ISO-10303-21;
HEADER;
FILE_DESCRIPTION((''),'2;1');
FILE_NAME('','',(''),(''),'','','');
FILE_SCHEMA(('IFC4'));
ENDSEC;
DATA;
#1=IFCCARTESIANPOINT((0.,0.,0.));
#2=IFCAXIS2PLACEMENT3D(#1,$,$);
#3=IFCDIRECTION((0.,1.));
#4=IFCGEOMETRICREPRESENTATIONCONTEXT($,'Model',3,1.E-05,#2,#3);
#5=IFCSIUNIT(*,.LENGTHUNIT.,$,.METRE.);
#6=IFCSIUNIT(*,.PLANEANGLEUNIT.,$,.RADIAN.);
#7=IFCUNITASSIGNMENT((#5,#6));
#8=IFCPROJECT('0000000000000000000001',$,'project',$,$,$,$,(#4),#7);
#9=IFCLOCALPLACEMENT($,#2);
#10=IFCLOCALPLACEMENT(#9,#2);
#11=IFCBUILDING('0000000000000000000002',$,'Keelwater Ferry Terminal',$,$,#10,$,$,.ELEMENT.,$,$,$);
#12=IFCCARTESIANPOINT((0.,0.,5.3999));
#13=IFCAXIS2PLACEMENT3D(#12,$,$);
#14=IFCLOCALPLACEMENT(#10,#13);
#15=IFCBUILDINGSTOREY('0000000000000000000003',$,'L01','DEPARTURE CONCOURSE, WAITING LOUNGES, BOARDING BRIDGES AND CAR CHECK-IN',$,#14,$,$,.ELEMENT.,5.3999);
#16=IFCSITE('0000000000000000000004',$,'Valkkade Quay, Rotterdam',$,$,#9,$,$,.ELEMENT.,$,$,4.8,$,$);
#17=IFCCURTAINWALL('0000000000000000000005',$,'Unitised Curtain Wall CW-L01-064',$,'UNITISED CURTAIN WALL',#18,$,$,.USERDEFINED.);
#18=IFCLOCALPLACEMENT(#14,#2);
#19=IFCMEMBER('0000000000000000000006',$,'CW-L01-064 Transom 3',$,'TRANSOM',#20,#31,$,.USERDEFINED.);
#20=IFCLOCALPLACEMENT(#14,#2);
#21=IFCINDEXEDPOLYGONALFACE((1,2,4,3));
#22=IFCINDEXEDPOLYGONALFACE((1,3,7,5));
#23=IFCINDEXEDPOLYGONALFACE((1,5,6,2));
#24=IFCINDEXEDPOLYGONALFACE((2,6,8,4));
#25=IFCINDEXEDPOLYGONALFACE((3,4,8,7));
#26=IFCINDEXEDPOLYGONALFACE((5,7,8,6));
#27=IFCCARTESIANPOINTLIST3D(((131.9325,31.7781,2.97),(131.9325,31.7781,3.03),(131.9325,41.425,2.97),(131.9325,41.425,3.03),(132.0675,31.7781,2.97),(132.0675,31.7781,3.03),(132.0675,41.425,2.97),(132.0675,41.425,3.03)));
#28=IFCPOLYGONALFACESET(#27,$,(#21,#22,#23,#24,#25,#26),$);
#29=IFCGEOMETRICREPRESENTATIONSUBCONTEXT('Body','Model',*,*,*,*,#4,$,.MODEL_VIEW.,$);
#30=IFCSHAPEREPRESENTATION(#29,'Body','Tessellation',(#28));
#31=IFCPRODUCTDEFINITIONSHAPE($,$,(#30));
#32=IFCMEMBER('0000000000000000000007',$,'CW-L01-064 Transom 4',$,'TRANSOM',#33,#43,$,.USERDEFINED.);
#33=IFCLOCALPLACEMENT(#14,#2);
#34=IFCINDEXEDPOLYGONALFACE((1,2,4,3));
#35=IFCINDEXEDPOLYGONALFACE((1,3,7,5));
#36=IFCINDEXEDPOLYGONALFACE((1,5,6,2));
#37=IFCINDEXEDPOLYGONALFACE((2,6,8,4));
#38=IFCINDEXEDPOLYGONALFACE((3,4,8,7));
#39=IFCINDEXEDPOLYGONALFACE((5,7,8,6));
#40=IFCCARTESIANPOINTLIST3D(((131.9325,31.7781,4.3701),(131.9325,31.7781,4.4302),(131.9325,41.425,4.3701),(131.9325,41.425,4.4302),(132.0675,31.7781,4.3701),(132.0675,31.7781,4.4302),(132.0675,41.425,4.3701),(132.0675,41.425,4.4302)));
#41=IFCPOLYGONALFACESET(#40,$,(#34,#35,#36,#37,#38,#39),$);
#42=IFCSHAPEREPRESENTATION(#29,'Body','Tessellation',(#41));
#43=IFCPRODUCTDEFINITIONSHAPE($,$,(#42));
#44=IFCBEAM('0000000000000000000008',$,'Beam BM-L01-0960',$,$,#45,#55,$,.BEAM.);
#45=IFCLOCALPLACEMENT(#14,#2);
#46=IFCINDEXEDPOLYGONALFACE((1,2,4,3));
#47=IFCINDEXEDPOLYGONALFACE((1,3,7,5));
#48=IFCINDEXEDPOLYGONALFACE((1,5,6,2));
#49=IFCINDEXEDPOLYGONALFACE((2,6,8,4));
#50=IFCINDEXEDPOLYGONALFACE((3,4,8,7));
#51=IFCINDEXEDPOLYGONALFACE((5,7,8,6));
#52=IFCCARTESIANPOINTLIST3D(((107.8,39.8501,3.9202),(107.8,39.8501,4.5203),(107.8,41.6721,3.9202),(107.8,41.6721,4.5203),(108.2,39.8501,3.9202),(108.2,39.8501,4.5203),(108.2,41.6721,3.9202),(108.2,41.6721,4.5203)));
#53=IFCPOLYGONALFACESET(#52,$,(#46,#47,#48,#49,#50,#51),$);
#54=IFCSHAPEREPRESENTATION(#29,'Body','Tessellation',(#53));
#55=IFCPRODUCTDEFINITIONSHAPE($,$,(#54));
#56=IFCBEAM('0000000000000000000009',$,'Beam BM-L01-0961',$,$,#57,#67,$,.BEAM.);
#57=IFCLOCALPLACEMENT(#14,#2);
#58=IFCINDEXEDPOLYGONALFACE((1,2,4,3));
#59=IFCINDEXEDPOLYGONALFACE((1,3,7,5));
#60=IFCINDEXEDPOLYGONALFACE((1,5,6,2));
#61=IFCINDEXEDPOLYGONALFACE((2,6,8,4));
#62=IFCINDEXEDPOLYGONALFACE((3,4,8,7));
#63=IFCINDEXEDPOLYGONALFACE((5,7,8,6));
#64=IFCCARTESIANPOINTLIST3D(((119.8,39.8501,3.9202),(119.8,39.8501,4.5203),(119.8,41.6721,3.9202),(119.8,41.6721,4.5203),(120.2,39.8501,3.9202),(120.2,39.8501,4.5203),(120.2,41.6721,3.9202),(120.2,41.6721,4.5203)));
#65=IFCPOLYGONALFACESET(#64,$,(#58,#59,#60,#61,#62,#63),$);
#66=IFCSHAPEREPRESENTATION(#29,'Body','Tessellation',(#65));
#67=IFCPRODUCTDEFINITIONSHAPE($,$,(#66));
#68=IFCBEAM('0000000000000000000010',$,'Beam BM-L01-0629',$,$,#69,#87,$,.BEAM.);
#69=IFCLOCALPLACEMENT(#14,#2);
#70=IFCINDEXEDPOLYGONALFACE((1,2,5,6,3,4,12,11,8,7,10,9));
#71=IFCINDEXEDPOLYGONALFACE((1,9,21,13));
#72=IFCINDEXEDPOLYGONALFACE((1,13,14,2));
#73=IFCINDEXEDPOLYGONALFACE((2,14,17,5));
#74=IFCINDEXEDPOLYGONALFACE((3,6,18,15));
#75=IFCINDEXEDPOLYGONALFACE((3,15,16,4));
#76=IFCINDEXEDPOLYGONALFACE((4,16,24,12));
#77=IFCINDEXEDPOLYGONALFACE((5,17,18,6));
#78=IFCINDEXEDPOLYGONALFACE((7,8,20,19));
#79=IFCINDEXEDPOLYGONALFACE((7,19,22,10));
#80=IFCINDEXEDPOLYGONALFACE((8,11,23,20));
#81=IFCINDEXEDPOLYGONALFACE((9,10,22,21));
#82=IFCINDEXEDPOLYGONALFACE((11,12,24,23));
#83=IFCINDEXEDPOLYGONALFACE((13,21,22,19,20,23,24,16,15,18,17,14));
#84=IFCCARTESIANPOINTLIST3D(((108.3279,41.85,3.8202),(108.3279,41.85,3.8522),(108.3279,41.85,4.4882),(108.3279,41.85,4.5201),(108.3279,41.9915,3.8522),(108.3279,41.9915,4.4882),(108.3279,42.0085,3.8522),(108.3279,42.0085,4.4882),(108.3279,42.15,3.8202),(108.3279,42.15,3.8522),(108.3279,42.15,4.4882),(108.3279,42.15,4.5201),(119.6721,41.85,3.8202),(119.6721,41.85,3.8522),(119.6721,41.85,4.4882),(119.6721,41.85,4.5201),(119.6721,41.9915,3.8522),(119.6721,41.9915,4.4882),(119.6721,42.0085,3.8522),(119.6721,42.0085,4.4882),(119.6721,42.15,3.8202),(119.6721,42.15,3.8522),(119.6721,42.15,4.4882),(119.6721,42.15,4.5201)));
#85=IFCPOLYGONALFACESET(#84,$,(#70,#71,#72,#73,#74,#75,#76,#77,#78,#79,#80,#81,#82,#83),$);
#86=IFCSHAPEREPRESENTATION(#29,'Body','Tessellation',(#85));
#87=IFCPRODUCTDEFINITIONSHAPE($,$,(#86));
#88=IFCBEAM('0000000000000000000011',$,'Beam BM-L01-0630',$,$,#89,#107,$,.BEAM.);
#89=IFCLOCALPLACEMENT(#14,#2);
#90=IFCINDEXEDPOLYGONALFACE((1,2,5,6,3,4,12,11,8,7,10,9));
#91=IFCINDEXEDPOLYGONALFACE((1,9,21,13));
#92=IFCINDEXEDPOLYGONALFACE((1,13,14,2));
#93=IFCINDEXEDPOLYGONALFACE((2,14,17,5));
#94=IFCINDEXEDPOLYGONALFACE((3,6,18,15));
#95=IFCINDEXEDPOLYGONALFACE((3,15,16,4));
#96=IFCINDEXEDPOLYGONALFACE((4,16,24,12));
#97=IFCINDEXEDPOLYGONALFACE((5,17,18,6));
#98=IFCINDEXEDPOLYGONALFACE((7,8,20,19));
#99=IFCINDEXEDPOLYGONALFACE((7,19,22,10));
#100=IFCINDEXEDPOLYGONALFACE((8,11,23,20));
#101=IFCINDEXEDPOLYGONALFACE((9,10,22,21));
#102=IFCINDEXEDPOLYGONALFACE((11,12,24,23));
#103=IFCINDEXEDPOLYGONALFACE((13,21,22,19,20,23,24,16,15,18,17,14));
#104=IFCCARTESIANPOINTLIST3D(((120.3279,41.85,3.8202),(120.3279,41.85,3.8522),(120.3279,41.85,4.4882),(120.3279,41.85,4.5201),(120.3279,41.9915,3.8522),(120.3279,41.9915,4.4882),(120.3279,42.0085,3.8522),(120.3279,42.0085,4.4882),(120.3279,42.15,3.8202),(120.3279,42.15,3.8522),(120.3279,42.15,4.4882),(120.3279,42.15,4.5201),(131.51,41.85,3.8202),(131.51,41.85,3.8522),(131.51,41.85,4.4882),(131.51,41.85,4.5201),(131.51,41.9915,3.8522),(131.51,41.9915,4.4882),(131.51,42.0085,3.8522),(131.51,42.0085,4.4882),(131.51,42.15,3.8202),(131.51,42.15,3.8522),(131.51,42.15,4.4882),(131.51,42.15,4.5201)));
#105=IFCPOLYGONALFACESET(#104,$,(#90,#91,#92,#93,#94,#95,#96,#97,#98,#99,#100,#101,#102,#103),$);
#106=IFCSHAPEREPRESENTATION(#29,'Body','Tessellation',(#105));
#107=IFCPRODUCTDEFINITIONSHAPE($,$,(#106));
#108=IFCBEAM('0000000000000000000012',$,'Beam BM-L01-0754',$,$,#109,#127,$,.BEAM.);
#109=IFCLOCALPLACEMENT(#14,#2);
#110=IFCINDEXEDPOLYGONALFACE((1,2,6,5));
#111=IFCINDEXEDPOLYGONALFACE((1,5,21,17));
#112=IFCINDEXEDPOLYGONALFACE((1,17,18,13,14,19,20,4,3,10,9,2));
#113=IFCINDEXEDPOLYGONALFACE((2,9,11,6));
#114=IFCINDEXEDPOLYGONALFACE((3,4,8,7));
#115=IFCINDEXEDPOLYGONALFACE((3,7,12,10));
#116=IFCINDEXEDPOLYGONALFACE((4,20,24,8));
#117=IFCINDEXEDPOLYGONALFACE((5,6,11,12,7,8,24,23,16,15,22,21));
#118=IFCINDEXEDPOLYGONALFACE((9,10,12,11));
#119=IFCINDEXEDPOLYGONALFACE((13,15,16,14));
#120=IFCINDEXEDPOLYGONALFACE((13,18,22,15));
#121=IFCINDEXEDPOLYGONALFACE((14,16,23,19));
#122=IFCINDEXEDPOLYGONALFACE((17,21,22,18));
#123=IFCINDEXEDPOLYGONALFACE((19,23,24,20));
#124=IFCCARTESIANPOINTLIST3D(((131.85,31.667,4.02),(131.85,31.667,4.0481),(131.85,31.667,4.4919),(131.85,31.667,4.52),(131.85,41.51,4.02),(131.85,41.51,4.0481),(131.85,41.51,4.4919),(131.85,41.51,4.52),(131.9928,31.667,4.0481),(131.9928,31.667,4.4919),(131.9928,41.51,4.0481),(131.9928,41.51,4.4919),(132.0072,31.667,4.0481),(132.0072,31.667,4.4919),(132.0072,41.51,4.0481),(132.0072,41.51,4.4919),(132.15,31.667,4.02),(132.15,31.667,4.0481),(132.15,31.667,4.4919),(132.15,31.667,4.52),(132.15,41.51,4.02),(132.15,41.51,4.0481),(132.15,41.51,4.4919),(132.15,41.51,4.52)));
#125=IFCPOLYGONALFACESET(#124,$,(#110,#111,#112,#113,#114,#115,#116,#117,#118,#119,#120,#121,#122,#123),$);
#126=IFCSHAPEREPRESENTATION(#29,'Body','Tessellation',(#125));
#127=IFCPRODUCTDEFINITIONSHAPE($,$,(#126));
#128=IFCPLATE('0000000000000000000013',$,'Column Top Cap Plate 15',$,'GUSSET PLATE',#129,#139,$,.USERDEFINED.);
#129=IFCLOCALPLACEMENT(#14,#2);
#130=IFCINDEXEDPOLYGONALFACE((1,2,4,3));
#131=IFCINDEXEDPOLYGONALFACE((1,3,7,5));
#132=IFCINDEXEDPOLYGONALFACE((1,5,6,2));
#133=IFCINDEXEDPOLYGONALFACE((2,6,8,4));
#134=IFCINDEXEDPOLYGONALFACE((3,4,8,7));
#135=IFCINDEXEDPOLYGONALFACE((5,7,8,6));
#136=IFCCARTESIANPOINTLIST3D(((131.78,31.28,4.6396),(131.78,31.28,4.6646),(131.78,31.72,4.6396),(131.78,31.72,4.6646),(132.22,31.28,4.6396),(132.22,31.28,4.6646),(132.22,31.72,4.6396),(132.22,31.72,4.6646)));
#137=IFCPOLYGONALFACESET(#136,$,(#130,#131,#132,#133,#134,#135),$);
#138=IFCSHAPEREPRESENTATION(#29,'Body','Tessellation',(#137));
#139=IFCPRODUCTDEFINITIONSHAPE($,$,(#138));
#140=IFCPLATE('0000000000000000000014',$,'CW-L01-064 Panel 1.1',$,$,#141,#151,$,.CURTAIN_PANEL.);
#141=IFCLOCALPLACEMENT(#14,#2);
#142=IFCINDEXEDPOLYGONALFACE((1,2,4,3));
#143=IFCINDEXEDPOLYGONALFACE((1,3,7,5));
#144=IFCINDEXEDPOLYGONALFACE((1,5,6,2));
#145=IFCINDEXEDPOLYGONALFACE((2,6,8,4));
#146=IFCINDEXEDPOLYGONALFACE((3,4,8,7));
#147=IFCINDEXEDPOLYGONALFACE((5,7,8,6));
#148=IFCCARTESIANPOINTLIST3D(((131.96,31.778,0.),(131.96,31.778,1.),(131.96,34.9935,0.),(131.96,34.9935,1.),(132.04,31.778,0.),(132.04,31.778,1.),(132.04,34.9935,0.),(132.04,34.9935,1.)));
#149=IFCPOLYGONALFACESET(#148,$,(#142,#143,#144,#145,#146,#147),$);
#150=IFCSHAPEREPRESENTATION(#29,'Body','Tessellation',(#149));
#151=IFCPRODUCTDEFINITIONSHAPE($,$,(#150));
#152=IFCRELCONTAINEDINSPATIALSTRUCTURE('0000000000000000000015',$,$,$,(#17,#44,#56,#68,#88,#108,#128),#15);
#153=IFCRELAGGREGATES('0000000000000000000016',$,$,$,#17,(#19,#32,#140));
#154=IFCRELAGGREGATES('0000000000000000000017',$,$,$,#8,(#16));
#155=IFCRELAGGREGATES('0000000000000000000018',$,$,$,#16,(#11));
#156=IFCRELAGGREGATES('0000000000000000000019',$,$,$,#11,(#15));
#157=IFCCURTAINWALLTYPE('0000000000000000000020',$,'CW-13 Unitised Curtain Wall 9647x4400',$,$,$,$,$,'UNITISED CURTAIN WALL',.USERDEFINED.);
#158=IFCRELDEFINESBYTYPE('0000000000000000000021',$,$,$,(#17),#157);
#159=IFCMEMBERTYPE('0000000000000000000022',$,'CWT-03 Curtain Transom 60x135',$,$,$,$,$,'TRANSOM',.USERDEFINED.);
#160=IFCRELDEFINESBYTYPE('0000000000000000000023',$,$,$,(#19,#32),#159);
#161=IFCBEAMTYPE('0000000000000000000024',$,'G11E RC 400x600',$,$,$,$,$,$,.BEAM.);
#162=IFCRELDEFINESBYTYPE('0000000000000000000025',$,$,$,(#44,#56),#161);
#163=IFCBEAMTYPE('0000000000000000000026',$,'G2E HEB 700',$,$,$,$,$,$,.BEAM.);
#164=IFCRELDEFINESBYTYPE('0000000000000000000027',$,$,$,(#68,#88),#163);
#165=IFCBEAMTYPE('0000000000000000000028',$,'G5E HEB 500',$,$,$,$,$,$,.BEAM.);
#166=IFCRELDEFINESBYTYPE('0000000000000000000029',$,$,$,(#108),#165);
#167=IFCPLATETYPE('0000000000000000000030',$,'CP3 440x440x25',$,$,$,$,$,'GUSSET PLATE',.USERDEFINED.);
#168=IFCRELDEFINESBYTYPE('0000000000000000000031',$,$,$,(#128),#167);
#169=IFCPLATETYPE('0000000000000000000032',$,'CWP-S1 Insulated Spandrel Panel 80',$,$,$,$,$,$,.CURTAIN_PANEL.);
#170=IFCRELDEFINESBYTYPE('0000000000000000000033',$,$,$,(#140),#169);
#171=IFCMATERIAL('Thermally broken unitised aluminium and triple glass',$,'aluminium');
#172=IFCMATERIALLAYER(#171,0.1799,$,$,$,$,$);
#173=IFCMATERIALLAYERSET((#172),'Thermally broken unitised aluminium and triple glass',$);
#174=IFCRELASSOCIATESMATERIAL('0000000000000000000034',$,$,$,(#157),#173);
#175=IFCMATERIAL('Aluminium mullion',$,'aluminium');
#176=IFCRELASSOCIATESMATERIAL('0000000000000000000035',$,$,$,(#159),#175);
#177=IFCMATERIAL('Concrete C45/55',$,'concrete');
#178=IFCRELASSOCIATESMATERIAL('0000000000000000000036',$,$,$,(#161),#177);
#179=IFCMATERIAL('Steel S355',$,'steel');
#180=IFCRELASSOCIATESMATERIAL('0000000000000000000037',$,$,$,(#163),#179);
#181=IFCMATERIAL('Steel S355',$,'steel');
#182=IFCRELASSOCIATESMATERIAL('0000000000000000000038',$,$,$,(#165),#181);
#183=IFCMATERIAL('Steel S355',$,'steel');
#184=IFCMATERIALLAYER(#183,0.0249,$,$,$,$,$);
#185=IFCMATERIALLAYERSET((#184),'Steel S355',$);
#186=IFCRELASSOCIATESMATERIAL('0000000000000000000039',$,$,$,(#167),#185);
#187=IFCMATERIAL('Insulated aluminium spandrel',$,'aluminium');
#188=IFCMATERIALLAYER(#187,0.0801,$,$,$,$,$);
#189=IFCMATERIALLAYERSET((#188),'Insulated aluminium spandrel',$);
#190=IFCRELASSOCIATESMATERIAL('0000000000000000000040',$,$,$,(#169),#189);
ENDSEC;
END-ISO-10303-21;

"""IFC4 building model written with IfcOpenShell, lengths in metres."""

from ifc_helpers import new_model, si_unit, direction, frame, origin, origin_2d, place, context, subcontext, project, spatial, rectangle, i_section, extrude, material, layer, layer_set, material_profile, profile_set, type_object, element, aggregate, save


model = new_model("IFC4")

# Units and contexts
model_context = context("Model", 3, precision=1e-05, world=origin(), true_north=direction((0.0, 1.0)))
body_context = subcontext(model_context, "Body", "Model", "MODEL_VIEW")
ifc_project = project(units=[si_unit("LENGTHUNIT", "METRE"), si_unit("PLANEANGLEUNIT", "RADIAN")], contexts=[model_context])

# Site, building, storey
site_placement = place(None, origin())
site = spatial("IfcSite", under=ifc_project, at=site_placement, Name="Valkkade Quay, Rotterdam", CompositionType="ELEMENT", RefElevation=4.8)
building_placement = place(site_placement, origin())
building = spatial("IfcBuilding", under=site, at=building_placement, Name="Keelwater Ferry Terminal", CompositionType="ELEMENT")
storey_placement = place(building_placement, frame((0.0, 0.0, 5.3999)))
storey = spatial("IfcBuildingStorey", under=building, at=storey_placement, Name="L01", Description="DEPARTURE CONCOURSE, WAITING LOUNGES, BOARDING BRIDGES AND CAR CHECK-IN", CompositionType="ELEMENT", Elevation=5.3999)

# Curtain wall
ifc_material_1 = material(Name="Thermally broken unitised aluminium and triple glass", Category="aluminium")
ifc_layer_1 = layer(ifc_material_1, 0.1799)
ifc_layer_set_1 = layer_set([ifc_layer_1], Name="Thermally broken unitised aluminium and triple glass")
curtain_wall_type_1 = type_object("IfcCurtainWallType", Name="CW-13 Unitised Curtain Wall 9647x4400", ElementType="UNITISED CURTAIN WALL", PredefinedType="USERDEFINED", material=ifc_layer_set_1)
curtain_wall_1_placement = place(storey_placement, origin())
curtain_wall_1 = element("IfcCurtainWall", 1, at=curtain_wall_1_placement, inside=storey, type_object=curtain_wall_type_1, Name="Unitised Curtain Wall CW-L01-064", ObjectType="UNITISED CURTAIN WALL", PredefinedType="USERDEFINED")

# Members
ifc_material_2 = material(Name="Aluminium mullion", Category="aluminium")
ifc_material_profile_1 = material_profile(ifc_material_2, rectangle(XDim=0.135, YDim=0.0601, at=origin_2d()), Name="CWT-03")
ifc_profile_set_1 = profile_set([ifc_material_profile_1], Name="Aluminium mullion")
member_type_1 = type_object("IfcMemberType", Name="CWT-03 Curtain Transom 60x135", ElementType="TRANSOM", PredefinedType="USERDEFINED", material=ifc_profile_set_1)
member_1_placement = place(storey_placement, frame((132.0, 31.7781, 3.0), z_axis=(0.0, 1.0, 0.0), x_axis=(-1.0, 0.0, 0.0)))
member_1 = element("IfcMember", 2, at=member_1_placement, type_object=member_type_1, Name="CW-L01-064 Transom 3", ObjectType="TRANSOM", PredefinedType="USERDEFINED", context=body_context, shape_type="SweptSolid", body=[
    extrude(rectangle(XDim=0.135, YDim=0.0601, at=origin_2d()), origin(), (0.0, 0.0, 1.0), 9.647),
])
member_2_placement = place(storey_placement, frame((132.0, 31.7781, 4.4001), z_axis=(0.0, 1.0, 0.0), x_axis=(-1.0, 0.0, 0.0)))
member_2 = element("IfcMember", 3, at=member_2_placement, type_object=member_type_1, Name="CW-L01-064 Transom 4", ObjectType="TRANSOM", PredefinedType="USERDEFINED", context=body_context, shape_type="SweptSolid", body=[
    extrude(rectangle(XDim=0.135, YDim=0.0601, at=origin_2d()), origin(), (0.0, 0.0, 1.0), 9.647),
])

# Beams
ifc_material_3 = material(Name="Concrete C45/55", Category="concrete")
ifc_material_profile_2 = material_profile(ifc_material_3, rectangle(XDim=0.3999, YDim=0.6001, at=origin_2d()), Name="RC 400x600")
ifc_profile_set_2 = profile_set([ifc_material_profile_2], Name="Concrete C45/55")
beam_type_1 = type_object("IfcBeamType", Name="G11E RC 400x600", PredefinedType="BEAM", material=ifc_profile_set_2)
for number, where, z_axis, x_axis, name in (
    (4, (108.0, 41.6721, 4.2202), (0.0, -1.0, 0.0), (1.0, 0.0, 0.0), "Beam BM-L01-0960"),
    (5, (120.0, 41.6721, 4.2202), (0.0, -1.0, 0.0), (1.0, 0.0, 0.0), "Beam BM-L01-0961"),
):
    element("IfcBeam", number, at=place(storey_placement, frame(where, z_axis=z_axis, x_axis=x_axis)), inside=storey, type_object=beam_type_1, Name=name, PredefinedType="BEAM", context=body_context, shape_type="SweptSolid", body=[
        extrude(rectangle(XDim=0.3999, YDim=0.6001, at=origin_2d()), origin(), (0.0, 0.0, 1.0), 1.822),
    ])
ifc_material_4 = material(Name="Steel S355", Category="steel")
ifc_material_profile_3 = material_profile(ifc_material_4, i_section(OverallWidth=0.3, OverallDepth=0.7, WebThickness=0.0171, FlangeThickness=0.032, at=origin_2d()), Name="HEB 700")
ifc_profile_set_3 = profile_set([ifc_material_profile_3], Name="Steel S355")
beam_type_2 = type_object("IfcBeamType", Name="G2E HEB 700", PredefinedType="BEAM", material=ifc_profile_set_3)
beam_1_placement = place(storey_placement, frame((108.3279, 42.0, 4.1702), z_axis=(1.0, 0.0, 0.0), x_axis=(0.0, 1.0, 0.0)))
element("IfcBeam", 6, at=beam_1_placement, inside=storey, type_object=beam_type_2, Name="Beam BM-L01-0629", PredefinedType="BEAM", context=body_context, shape_type="SweptSolid", body=[
    extrude(i_section(OverallWidth=0.3, OverallDepth=0.7, WebThickness=0.0171, FlangeThickness=0.032, at=origin_2d()), origin(), (0.0, 0.0, 1.0), 11.3442),
])
beam_2_placement = place(storey_placement, frame((120.3279, 42.0, 4.1702), z_axis=(1.0, 0.0, 0.0), x_axis=(0.0, 1.0, 0.0)))
element("IfcBeam", 7, at=beam_2_placement, inside=storey, type_object=beam_type_2, Name="Beam BM-L01-0630", PredefinedType="BEAM", context=body_context, shape_type="SweptSolid", body=[
    extrude(i_section(OverallWidth=0.3, OverallDepth=0.7, WebThickness=0.0171, FlangeThickness=0.032, at=origin_2d()), origin(), (0.0, 0.0, 1.0), 11.1821),
])
ifc_material_5 = material(Name="Steel S355", Category="steel")
ifc_material_profile_4 = material_profile(ifc_material_5, i_section(OverallWidth=0.3, OverallDepth=0.5, WebThickness=0.0144, FlangeThickness=0.0281, at=origin_2d()), Name="HEB 500")
ifc_profile_set_4 = profile_set([ifc_material_profile_4], Name="Steel S355")
beam_type_3 = type_object("IfcBeamType", Name="G5E HEB 500", PredefinedType="BEAM", material=ifc_profile_set_4)
beam_3_placement = place(storey_placement, frame((132.0, 31.667, 4.27), z_axis=(0.0, 1.0, 0.0), x_axis=(-1.0, 0.0, 0.0)))
element("IfcBeam", 8, at=beam_3_placement, inside=storey, type_object=beam_type_3, Name="Beam BM-L01-0754", PredefinedType="BEAM", context=body_context, shape_type="SweptSolid", body=[
    extrude(i_section(OverallWidth=0.3, OverallDepth=0.5, WebThickness=0.0144, FlangeThickness=0.0281, at=origin_2d()), origin(), (0.0, 0.0, 1.0), 9.843),
])

# Plates
ifc_material_6 = material(Name="Steel S355", Category="steel")
ifc_layer_2 = layer(ifc_material_6, 0.0249)
ifc_layer_set_2 = layer_set([ifc_layer_2], Name="Steel S355")
plate_type_1 = type_object("IfcPlateType", Name="CP3 440x440x25", ElementType="GUSSET PLATE", PredefinedType="USERDEFINED", material=ifc_layer_set_2)
plate_1_placement = place(storey_placement, frame((132.0, 31.5, 4.6396), z_axis=(0.0, 0.0, 1.0), x_axis=(1.0, 0.0, 0.0)))
element("IfcPlate", 9, at=plate_1_placement, inside=storey, type_object=plate_type_1, Name="Column Top Cap Plate 15", ObjectType="GUSSET PLATE", PredefinedType="USERDEFINED", context=body_context, shape_type="SweptSolid", body=[
    extrude(rectangle(XDim=0.4399, YDim=0.4399, at=origin_2d()), origin(), (0.0, 0.0, 1.0), 0.0249),
])
ifc_material_7 = material(Name="Insulated aluminium spandrel", Category="aluminium")
ifc_layer_3 = layer(ifc_material_7, 0.0801)
ifc_layer_set_3 = layer_set([ifc_layer_3], Name="Insulated aluminium spandrel")
plate_type_2 = type_object("IfcPlateType", Name="CWP-S1 Insulated Spandrel Panel 80", PredefinedType="CURTAIN_PANEL", material=ifc_layer_set_3)
plate_2_placement = place(storey_placement, frame((132.0, 33.3857, 0.0), z_axis=(0.0, 0.0, 1.0), x_axis=(0.0, 1.0, 0.0)))
plate_2 = element("IfcPlate", 10, at=plate_2_placement, type_object=plate_type_2, Name="CW-L01-064 Panel 1.1", PredefinedType="CURTAIN_PANEL", context=body_context, shape_type="SweptSolid", body=[
    extrude(rectangle(XDim=3.2156, YDim=0.0801, at=origin_2d()), origin(), (0.0, 0.0, 1.0), 1.0),
])
aggregate(curtain_wall_1, [member_1, member_2, plate_2])

save(model, "model.ifc")
